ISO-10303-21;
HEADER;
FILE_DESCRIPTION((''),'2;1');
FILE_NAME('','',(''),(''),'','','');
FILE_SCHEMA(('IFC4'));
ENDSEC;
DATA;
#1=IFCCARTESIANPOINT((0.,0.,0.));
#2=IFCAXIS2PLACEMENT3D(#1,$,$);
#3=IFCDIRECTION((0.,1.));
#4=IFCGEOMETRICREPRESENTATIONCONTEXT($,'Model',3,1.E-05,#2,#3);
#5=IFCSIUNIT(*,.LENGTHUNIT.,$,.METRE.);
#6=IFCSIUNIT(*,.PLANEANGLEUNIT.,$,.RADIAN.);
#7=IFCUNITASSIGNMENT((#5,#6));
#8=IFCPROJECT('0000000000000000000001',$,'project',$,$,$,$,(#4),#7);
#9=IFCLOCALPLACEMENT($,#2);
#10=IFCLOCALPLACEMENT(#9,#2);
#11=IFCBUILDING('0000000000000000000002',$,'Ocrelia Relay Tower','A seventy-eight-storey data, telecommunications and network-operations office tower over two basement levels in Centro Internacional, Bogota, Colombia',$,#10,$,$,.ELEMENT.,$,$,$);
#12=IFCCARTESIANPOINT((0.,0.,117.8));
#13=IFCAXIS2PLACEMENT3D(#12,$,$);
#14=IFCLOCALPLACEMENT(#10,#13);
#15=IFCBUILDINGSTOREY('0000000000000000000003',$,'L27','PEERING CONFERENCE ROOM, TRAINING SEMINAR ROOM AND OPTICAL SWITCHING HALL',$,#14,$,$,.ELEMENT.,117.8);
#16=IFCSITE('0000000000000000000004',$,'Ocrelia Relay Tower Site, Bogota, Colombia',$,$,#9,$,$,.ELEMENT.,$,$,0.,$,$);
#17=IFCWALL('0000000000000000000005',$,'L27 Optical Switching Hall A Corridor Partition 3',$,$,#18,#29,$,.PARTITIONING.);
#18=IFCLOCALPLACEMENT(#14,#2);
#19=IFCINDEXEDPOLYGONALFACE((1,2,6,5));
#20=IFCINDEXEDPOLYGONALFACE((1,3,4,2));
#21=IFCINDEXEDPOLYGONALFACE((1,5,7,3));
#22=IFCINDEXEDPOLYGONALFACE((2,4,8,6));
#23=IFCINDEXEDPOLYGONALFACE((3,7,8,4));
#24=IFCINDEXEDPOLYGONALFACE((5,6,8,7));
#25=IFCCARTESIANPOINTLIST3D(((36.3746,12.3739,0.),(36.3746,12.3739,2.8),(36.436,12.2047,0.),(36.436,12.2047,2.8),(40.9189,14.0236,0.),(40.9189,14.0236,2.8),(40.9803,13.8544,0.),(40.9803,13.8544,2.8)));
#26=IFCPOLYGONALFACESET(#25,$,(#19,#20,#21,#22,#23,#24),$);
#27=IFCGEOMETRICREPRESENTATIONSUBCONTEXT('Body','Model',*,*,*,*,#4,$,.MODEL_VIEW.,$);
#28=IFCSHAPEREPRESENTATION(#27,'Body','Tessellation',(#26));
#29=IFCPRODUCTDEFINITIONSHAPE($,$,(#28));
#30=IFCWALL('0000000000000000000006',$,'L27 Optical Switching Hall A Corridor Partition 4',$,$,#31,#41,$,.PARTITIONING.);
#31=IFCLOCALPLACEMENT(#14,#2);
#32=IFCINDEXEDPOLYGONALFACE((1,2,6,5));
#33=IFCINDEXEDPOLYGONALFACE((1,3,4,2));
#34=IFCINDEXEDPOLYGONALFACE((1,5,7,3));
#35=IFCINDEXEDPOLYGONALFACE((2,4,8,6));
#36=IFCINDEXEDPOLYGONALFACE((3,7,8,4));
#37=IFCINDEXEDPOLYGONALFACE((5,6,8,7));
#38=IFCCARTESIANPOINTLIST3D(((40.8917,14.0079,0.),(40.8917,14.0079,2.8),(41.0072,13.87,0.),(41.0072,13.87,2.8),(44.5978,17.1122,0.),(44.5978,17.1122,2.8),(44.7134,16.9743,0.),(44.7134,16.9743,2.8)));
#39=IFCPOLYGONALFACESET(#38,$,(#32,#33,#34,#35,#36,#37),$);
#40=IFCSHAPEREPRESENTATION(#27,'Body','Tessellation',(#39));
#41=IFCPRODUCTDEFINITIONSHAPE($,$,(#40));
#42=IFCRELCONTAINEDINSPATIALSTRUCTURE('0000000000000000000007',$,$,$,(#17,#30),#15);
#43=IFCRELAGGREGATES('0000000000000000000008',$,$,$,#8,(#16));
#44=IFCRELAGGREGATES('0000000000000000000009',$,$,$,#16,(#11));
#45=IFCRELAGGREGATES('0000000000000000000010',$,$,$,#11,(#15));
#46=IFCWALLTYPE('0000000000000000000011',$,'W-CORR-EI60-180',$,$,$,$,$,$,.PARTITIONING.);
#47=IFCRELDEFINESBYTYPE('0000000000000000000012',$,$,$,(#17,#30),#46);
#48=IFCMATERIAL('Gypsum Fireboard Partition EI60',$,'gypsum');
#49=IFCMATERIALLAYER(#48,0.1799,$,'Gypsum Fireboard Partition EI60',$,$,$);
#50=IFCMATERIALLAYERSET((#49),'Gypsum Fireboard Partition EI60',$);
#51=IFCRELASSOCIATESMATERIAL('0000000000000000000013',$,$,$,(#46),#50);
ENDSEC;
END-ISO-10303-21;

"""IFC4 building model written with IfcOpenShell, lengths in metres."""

from ifc_helpers import new_model, si_unit, direction, frame, frame_2d, origin, place, context, subcontext, project, spatial, rectangle, extrude, material, layer, layer_set, type_object, element, save


model = new_model("IFC4")

# Units and contexts
model_context = context("Model", 3, precision=1e-05, world=origin(), true_north=direction((0.0, 1.0)))
body_context = subcontext(model_context, "Body", "Model", "MODEL_VIEW")
ifc_project = project(units=[si_unit("LENGTHUNIT", "METRE"), si_unit("PLANEANGLEUNIT", "RADIAN")], contexts=[model_context])

# Site, building, storey
site_placement = place(None, origin())
site = spatial("IfcSite", under=ifc_project, at=site_placement, Name="Ocrelia Relay Tower Site, Bogota, Colombia", CompositionType="ELEMENT", RefElevation=0.0)
building_placement = place(site_placement, origin())
building = spatial("IfcBuilding", under=site, at=building_placement, Name="Ocrelia Relay Tower", Description="A seventy-eight-storey data, telecommunications and network-operations office tower over two basement levels in Centro Internacional, Bogota, Colombia", CompositionType="ELEMENT")
storey_placement = place(building_placement, frame((0.0, 0.0, 117.8)))
storey = spatial("IfcBuildingStorey", under=building, at=storey_placement, Name="L27", Description="PEERING CONFERENCE ROOM, TRAINING SEMINAR ROOM AND OPTICAL SWITCHING HALL", CompositionType="ELEMENT", Elevation=117.8)

# Shared definitions
ifc_material_1 = material(Name="Gypsum Fireboard Partition EI60", Category="gypsum")
ifc_layer_1 = layer(ifc_material_1, 0.1799, Name="Gypsum Fireboard Partition EI60")
ifc_layer_set_1 = layer_set([ifc_layer_1], Name="Gypsum Fireboard Partition EI60")
wall_type_1 = type_object("IfcWallType", Name="W-CORR-EI60-180", PredefinedType="PARTITIONING", material=ifc_layer_set_1)

# Walls
for number, where, z_axis, x_axis, name in (
    (1, (36.4053, 12.2893, 0.0), (0.0, 0.0, 1.0), (0.939978, 0.341236, 0.0), "L27 Optical Switching Hall A Corridor Partition 3"),
    (2, (40.9495, 13.939, 0.0), (0.0, 0.0, 1.0), (0.766604, 0.64212, 0.0), "L27 Optical Switching Hall A Corridor Partition 4"),
):
    element("IfcWall", number, at=place(storey_placement, frame(where, z_axis=z_axis, x_axis=x_axis)), inside=storey, type_object=wall_type_1, Name=name, PredefinedType="PARTITIONING", context=body_context, shape_type="SweptSolid", body=[
        extrude(rectangle(XDim=4.8345, YDim=0.1799, at=frame_2d((2.4172, 0.0))), origin(), (0.0, 0.0, 1.0), 2.8),
    ])

save(model, "model.ifc")
